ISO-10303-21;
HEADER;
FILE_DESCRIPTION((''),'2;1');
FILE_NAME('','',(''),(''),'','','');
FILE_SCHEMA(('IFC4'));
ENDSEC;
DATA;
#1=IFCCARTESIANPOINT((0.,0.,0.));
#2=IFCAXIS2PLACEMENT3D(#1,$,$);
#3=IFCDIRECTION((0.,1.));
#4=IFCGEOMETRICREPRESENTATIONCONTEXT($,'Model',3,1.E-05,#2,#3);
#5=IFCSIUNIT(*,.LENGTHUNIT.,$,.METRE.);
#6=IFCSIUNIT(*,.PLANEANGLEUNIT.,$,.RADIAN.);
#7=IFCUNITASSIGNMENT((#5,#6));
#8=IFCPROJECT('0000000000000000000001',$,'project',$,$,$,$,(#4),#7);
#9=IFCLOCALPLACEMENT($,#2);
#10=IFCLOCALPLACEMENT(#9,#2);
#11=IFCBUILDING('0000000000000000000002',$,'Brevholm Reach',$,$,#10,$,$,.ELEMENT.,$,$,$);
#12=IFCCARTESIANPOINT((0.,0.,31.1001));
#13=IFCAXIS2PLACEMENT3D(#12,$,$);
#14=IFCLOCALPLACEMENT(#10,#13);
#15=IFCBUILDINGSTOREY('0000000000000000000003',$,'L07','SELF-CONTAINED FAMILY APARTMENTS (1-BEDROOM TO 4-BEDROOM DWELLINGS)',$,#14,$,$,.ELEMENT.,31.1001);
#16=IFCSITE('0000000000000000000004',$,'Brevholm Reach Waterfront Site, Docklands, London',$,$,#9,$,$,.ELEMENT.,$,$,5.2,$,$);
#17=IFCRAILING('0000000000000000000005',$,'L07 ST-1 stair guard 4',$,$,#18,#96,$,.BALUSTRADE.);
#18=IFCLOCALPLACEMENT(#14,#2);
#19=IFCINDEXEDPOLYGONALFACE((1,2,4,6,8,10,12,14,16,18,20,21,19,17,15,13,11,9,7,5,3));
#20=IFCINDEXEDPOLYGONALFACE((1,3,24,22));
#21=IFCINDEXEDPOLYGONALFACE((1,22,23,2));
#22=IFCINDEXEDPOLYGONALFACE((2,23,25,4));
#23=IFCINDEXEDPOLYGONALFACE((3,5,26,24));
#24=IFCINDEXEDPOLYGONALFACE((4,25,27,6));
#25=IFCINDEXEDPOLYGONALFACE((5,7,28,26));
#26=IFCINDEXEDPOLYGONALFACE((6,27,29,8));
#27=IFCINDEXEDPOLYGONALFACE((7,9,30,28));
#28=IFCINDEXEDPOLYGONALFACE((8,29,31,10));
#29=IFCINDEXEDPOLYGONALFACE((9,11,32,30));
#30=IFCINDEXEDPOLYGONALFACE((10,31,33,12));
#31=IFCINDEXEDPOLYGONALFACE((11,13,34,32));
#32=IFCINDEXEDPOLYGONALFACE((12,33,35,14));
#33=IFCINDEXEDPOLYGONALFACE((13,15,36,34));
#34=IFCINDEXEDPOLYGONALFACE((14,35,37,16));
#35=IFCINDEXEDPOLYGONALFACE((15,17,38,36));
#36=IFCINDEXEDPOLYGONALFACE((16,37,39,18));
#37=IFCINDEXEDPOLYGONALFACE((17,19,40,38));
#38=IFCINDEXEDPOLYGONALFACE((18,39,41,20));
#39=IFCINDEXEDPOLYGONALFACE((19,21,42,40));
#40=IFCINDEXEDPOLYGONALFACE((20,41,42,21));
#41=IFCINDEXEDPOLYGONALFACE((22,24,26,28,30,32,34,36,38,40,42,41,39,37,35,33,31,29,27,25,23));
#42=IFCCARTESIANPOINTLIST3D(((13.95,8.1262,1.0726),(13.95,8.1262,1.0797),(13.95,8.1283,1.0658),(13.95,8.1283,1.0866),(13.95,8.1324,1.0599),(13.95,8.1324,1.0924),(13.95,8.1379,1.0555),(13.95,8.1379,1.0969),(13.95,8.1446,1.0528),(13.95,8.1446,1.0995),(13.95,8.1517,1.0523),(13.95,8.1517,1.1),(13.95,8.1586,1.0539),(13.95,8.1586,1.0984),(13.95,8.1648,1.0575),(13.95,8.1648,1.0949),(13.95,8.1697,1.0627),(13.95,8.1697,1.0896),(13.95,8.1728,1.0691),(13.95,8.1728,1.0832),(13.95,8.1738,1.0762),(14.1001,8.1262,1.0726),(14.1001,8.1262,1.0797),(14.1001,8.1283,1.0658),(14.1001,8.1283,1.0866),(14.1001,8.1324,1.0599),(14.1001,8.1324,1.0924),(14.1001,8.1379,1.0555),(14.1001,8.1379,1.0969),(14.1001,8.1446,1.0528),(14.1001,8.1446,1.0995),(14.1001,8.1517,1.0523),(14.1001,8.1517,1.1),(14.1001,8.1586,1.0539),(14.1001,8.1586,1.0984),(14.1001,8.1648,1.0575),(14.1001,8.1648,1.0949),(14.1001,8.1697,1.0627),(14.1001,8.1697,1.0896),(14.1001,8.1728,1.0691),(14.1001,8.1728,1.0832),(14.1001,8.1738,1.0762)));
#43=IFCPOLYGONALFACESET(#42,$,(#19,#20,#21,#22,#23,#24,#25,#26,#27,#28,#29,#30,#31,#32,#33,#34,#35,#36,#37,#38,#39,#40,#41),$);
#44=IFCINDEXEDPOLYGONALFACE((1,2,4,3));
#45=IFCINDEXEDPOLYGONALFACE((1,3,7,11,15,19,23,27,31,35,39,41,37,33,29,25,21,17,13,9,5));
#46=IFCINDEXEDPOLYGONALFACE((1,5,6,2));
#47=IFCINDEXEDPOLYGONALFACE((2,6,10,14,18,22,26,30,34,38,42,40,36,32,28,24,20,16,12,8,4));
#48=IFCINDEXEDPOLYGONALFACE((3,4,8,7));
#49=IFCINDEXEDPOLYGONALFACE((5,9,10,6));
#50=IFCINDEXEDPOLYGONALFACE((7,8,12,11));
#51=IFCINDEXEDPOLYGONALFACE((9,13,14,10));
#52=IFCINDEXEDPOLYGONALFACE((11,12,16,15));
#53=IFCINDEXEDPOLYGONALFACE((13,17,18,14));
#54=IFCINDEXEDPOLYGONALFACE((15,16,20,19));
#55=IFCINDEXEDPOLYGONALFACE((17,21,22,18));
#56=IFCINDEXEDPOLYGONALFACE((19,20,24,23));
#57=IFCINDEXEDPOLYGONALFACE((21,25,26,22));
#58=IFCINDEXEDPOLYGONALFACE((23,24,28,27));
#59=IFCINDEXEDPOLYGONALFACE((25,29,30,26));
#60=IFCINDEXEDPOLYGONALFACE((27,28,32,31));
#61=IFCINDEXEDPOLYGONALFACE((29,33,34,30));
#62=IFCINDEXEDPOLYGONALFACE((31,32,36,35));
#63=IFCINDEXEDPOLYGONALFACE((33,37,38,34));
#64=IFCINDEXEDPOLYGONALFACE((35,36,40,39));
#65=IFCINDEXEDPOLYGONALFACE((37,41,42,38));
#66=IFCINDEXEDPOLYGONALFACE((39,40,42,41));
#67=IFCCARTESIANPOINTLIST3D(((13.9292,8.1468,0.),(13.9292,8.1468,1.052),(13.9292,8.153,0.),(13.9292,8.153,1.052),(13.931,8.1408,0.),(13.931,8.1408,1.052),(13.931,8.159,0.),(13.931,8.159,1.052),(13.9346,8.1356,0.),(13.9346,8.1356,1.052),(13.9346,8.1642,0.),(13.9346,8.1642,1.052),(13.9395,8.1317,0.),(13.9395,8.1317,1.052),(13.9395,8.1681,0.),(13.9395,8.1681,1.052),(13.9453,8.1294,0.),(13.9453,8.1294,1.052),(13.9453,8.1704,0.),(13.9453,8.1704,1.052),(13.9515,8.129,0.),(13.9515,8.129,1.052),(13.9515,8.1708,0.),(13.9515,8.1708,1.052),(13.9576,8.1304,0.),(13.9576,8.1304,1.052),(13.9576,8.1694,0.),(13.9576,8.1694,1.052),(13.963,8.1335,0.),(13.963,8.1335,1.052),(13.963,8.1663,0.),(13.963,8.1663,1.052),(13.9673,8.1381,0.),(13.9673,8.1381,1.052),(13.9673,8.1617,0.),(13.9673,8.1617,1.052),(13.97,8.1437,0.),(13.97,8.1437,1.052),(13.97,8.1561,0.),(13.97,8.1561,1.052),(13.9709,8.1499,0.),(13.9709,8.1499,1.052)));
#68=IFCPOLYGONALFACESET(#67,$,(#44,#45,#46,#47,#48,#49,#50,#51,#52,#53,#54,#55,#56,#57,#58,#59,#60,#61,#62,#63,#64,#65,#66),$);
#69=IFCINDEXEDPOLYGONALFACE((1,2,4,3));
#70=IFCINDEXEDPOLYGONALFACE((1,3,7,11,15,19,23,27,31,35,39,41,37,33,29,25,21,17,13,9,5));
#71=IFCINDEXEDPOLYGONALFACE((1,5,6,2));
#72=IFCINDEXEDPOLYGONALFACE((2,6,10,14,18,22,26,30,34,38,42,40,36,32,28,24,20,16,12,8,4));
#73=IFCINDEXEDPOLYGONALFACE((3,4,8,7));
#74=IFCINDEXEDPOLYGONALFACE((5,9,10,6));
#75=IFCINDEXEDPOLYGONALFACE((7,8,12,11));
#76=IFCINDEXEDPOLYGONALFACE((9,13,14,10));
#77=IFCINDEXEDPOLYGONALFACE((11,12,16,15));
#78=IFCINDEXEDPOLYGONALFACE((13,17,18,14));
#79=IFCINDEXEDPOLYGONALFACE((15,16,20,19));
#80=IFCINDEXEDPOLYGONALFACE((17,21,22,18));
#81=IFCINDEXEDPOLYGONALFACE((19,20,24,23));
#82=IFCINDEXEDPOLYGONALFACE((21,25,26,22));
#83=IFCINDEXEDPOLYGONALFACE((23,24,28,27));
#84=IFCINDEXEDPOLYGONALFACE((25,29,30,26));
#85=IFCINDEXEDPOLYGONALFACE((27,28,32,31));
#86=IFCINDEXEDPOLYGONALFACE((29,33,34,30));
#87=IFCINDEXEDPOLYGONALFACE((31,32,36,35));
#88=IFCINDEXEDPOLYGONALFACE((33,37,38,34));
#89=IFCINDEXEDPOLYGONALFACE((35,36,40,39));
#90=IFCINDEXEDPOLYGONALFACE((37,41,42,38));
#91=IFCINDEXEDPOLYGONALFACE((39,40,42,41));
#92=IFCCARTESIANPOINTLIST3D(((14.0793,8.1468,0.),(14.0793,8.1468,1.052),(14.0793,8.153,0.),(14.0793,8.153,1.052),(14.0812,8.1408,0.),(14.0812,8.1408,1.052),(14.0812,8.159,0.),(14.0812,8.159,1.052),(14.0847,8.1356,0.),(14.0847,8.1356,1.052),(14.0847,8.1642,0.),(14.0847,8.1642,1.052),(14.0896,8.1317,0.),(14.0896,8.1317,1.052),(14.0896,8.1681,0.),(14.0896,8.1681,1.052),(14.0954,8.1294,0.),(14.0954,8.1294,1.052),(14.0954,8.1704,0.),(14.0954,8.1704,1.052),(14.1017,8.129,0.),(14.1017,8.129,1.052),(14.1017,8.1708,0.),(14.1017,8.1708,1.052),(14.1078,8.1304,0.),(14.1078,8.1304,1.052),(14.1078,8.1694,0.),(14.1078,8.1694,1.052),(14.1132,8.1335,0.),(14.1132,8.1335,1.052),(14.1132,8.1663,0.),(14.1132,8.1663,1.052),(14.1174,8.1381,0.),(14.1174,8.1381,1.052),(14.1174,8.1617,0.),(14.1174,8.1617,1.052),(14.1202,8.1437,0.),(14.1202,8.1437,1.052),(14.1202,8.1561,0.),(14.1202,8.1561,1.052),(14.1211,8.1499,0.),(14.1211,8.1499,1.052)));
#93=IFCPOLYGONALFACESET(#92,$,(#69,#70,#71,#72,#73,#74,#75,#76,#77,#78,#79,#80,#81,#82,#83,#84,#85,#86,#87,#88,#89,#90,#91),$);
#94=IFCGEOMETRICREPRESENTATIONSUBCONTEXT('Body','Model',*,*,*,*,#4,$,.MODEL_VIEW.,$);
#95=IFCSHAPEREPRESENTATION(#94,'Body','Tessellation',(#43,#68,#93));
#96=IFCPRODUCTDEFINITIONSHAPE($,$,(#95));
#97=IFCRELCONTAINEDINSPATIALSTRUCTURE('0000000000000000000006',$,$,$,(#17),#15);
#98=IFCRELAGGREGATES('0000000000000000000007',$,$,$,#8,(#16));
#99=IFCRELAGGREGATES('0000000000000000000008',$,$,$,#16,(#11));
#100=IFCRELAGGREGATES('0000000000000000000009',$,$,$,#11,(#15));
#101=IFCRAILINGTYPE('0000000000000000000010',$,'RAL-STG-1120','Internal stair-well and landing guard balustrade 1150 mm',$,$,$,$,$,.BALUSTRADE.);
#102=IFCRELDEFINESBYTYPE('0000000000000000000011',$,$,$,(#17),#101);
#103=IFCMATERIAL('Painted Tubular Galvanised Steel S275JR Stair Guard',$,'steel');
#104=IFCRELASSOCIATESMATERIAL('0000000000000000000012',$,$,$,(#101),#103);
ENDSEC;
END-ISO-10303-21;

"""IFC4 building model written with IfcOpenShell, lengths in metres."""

from ifc_helpers import new_model, si_unit, direction, frame, origin, origin_2d, place, context, subcontext, project, spatial, circle, extrude, material, type_object, element, save


model = new_model("IFC4")

# Units and contexts
model_context = context("Model", 3, precision=1e-05, world=origin(), true_north=direction((0.0, 1.0)))
body_context = subcontext(model_context, "Body", "Model", "MODEL_VIEW")
ifc_project = project(units=[si_unit("LENGTHUNIT", "METRE"), si_unit("PLANEANGLEUNIT", "RADIAN")], contexts=[model_context])

# Site, building, storey
site_placement = place(None, origin())
site = spatial("IfcSite", under=ifc_project, at=site_placement, Name="Brevholm Reach Waterfront Site, Docklands, London", CompositionType="ELEMENT", RefElevation=5.2)
building_placement = place(site_placement, origin())
building = spatial("IfcBuilding", under=site, at=building_placement, Name="Brevholm Reach", CompositionType="ELEMENT")
storey_placement = place(building_placement, frame((0.0, 0.0, 31.1001)))
storey = spatial("IfcBuildingStorey", under=building, at=storey_placement, Name="L07", Description="SELF-CONTAINED FAMILY APARTMENTS (1-BEDROOM TO 4-BEDROOM DWELLINGS)", CompositionType="ELEMENT", Elevation=31.1001)

# Railing
ifc_material_1 = material(Name="Painted Tubular Galvanised Steel S275JR Stair Guard", Category="steel")
railing_type = type_object("IfcRailingType", Name="RAL-STG-1120", Description="Internal stair-well and landing guard balustrade 1150 mm", PredefinedType="BALUSTRADE", material=ifc_material_1)
railing_1_placement = place(storey_placement, frame((13.95, 8.1499, 0.0)))
element("IfcRailing", 1, at=railing_1_placement, inside=storey, type_object=railing_type, Name="L07 ST-1 stair guard 4", PredefinedType="BALUSTRADE", context=body_context, shape_type="SweptSolid", body=[
    extrude(circle(Radius=0.0239, at=origin_2d()), frame((0.0, 0.0, 1.0762), z_axis=(1.0, 0.0, 0.0), x_axis=(0.0, 1.0, 0.0)), (0.0, 0.0, 1.0), 0.1501),
    extrude(circle(Radius=0.021, at=origin_2d()), origin(), (0.0, 0.0, 1.0), 1.052),
    extrude(circle(Radius=0.021, at=origin_2d()), frame((0.1501, 0.0, 0.0)), (0.0, 0.0, 1.0), 1.052),
])

save(model, "model.ifc")
